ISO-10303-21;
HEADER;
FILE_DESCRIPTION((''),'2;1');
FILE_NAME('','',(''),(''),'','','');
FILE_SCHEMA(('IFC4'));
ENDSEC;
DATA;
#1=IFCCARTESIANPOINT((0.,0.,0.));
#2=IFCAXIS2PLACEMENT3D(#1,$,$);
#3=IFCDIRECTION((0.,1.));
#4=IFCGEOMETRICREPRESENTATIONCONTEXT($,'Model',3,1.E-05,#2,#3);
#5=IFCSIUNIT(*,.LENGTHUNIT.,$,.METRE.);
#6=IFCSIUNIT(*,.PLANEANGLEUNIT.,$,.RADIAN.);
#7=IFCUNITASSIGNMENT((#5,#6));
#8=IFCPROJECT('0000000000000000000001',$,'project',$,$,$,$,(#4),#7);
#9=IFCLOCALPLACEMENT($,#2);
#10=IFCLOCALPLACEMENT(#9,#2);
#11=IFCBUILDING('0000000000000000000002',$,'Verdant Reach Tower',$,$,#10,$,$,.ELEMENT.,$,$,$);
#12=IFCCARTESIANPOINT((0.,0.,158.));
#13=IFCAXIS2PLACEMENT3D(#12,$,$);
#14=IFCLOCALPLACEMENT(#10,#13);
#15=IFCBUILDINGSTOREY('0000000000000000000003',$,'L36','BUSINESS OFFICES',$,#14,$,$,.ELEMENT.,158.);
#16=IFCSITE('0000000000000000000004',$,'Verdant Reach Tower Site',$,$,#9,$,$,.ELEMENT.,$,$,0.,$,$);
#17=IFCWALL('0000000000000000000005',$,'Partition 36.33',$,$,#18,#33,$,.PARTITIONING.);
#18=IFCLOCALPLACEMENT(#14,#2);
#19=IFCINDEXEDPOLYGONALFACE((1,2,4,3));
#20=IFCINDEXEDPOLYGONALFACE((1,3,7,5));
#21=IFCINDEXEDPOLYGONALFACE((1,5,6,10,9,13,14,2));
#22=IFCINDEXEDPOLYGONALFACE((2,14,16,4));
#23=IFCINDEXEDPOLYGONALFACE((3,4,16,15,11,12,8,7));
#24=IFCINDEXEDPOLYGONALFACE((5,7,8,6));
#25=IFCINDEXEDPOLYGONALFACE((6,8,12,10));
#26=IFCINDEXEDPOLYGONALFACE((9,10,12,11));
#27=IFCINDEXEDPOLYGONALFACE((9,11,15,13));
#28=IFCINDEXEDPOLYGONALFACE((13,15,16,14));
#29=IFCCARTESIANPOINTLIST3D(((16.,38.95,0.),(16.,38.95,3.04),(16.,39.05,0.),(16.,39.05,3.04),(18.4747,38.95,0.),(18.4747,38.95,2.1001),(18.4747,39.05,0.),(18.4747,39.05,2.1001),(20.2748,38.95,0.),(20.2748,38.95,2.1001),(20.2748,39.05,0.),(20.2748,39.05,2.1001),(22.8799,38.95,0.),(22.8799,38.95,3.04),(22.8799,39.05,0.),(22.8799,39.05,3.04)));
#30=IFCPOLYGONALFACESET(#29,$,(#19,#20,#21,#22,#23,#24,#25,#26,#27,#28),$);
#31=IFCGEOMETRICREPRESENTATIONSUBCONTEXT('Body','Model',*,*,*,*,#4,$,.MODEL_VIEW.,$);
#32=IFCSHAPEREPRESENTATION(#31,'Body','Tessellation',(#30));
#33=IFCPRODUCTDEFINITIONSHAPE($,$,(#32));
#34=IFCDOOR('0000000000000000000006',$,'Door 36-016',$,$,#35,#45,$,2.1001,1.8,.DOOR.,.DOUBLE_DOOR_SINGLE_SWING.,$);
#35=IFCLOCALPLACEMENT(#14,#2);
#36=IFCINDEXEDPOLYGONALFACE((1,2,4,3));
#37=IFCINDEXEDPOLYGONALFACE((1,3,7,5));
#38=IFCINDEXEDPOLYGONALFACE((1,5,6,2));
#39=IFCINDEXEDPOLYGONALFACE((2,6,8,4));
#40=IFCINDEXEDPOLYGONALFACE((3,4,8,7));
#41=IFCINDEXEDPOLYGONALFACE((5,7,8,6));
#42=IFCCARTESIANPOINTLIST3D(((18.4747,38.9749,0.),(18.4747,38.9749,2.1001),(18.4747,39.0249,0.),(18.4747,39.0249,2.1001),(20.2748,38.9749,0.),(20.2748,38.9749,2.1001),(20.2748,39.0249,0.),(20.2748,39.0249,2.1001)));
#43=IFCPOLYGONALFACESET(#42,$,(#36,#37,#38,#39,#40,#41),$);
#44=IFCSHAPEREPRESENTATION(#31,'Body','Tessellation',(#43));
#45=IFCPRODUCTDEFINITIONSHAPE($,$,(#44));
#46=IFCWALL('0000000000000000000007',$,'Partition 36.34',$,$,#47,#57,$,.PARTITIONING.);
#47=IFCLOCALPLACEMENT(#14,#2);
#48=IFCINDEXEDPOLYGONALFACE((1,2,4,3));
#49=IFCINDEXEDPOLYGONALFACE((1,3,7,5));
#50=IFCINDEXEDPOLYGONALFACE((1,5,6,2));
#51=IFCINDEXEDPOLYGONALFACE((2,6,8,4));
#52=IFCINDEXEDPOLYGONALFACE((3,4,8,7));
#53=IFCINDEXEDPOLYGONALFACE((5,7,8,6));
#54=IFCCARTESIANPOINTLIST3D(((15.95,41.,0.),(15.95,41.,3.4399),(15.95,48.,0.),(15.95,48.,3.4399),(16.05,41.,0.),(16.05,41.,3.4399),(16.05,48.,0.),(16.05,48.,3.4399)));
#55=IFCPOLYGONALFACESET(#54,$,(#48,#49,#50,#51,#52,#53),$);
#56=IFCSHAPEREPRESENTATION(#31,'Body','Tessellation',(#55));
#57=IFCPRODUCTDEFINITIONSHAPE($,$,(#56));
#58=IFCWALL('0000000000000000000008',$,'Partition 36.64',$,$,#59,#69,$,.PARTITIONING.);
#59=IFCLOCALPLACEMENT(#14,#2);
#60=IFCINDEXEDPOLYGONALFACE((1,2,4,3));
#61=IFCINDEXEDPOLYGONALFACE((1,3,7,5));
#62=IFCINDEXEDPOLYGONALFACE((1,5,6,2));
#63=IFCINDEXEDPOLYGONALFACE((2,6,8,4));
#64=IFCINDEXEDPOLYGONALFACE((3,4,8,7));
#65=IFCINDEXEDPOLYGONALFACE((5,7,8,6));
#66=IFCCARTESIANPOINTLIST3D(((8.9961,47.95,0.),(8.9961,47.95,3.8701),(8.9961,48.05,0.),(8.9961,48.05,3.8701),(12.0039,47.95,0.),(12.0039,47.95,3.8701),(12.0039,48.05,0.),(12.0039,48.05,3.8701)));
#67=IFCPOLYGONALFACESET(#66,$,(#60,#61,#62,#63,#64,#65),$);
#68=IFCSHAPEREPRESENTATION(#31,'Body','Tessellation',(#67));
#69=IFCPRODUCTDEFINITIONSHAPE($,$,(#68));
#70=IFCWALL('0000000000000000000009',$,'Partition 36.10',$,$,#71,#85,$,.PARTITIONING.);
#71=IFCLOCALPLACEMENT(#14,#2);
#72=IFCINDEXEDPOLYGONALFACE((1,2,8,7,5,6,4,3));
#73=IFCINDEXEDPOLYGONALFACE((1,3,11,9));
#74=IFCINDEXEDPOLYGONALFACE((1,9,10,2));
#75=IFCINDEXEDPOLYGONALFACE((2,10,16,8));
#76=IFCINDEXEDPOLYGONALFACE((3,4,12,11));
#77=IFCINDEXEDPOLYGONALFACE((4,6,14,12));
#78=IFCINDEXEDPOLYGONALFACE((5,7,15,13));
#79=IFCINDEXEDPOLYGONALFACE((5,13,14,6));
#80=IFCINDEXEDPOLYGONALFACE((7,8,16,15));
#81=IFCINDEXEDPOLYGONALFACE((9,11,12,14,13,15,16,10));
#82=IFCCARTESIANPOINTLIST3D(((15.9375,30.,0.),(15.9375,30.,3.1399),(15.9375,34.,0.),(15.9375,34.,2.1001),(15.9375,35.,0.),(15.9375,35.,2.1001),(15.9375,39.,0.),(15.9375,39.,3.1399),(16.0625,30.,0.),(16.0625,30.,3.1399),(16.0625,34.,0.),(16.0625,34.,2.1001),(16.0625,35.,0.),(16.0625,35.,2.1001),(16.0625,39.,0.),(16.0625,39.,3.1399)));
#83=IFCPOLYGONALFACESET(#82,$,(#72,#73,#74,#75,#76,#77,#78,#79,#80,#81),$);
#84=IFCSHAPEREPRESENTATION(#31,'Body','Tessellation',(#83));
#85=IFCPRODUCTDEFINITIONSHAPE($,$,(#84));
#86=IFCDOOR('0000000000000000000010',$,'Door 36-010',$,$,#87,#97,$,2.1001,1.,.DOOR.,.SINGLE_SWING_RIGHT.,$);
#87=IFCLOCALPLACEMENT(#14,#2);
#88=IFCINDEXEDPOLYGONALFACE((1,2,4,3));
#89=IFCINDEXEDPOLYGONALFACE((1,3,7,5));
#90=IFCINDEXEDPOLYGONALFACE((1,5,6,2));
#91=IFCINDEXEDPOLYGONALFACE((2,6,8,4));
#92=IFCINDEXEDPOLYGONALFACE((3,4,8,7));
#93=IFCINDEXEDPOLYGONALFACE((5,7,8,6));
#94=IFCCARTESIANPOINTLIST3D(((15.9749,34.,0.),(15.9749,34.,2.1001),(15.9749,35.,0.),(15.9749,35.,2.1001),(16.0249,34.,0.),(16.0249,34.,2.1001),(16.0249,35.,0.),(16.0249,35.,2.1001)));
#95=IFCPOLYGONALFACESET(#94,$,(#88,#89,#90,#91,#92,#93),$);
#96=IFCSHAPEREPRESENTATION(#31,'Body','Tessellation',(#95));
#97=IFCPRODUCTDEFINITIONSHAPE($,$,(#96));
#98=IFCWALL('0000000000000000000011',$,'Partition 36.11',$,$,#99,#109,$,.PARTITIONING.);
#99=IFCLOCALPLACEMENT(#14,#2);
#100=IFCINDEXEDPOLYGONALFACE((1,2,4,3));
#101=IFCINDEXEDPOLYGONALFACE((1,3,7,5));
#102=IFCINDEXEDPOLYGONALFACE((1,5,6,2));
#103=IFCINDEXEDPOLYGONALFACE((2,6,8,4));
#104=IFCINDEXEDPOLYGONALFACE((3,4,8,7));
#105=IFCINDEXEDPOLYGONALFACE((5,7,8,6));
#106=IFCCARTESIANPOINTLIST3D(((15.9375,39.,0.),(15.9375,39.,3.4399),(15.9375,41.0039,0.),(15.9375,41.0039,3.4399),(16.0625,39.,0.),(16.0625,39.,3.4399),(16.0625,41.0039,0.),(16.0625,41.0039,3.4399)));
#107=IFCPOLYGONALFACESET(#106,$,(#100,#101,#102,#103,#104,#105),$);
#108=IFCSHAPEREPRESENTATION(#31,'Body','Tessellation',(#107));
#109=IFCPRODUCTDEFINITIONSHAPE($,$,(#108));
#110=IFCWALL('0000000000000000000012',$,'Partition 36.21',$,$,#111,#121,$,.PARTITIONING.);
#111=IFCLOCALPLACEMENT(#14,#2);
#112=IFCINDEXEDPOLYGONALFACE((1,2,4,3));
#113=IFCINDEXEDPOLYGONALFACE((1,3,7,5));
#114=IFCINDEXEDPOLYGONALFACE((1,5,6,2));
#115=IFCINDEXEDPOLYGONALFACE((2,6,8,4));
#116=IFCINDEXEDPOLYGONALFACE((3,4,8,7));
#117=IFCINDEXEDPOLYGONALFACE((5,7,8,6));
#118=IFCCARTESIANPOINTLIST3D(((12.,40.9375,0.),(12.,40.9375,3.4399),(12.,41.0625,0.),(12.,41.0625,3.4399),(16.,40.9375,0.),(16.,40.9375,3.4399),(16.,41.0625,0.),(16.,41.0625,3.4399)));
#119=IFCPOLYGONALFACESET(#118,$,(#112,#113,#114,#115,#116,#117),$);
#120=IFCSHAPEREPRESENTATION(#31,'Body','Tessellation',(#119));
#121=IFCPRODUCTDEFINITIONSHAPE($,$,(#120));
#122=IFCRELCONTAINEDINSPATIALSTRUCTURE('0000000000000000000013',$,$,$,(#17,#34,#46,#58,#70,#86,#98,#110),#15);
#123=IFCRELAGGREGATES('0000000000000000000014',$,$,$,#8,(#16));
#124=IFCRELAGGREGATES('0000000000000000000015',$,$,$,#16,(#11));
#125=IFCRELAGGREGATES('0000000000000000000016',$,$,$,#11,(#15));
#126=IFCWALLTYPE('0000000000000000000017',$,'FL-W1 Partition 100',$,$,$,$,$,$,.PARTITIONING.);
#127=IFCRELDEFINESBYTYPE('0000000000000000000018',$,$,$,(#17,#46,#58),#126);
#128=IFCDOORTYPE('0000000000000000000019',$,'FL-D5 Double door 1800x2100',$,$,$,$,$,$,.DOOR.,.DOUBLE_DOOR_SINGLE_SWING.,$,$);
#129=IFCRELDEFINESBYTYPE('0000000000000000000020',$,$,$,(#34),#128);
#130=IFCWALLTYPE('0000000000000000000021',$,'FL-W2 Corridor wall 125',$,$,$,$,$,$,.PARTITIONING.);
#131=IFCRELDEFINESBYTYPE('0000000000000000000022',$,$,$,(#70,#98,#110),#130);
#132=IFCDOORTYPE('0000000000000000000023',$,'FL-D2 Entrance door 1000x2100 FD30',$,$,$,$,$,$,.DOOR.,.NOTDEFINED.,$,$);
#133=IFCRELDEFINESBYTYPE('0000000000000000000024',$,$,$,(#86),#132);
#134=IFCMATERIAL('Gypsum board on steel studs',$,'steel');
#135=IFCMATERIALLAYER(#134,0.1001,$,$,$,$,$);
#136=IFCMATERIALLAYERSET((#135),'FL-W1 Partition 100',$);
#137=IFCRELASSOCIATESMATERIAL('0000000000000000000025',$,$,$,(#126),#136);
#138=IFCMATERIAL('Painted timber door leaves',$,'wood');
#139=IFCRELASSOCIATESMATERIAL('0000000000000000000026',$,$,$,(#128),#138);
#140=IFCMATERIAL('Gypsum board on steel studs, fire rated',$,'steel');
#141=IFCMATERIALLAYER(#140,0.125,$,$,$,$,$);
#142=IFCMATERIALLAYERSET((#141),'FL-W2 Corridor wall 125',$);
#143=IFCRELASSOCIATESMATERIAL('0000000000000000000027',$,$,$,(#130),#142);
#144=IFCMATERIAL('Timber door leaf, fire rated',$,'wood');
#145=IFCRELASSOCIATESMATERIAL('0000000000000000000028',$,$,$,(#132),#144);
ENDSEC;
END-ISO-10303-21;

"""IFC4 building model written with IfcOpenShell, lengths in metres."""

from ifc_helpers import new_model, si_unit, direction, frame, frame_2d, origin, place, context, subcontext, project, spatial, rectangle, extrude, material, layer, layer_set, type_object, element, fill, save


model = new_model("IFC4")

# Units and contexts
model_context = context("Model", 3, precision=1e-05, world=origin(), true_north=direction((0.0, 1.0)))
body_context = subcontext(model_context, "Body", "Model", "MODEL_VIEW")
ifc_project = project(units=[si_unit("LENGTHUNIT", "METRE"), si_unit("PLANEANGLEUNIT", "RADIAN")], contexts=[model_context])

# Site, building, storey
site_placement = place(None, origin())
site = spatial("IfcSite", under=ifc_project, at=site_placement, Name="Verdant Reach Tower Site", CompositionType="ELEMENT", RefElevation=0.0)
building_placement = place(site_placement, origin())
building = spatial("IfcBuilding", under=site, at=building_placement, Name="Verdant Reach Tower", CompositionType="ELEMENT")
storey_placement = place(building_placement, frame((0.0, 0.0, 158.0)))
storey = spatial("IfcBuildingStorey", under=building, at=storey_placement, Name="L36", Description="BUSINESS OFFICES", CompositionType="ELEMENT", Elevation=158.0)

# Wall, opening, door
ifc_material_1 = material(Name="Gypsum board on steel studs", Category="steel")
ifc_layer_1 = layer(ifc_material_1, 0.1001)
ifc_layer_set_1 = layer_set([ifc_layer_1], Name="FL-W1 Partition 100")
wall_type_1 = type_object("IfcWallType", Name="FL-W1 Partition 100", PredefinedType="PARTITIONING", material=ifc_layer_set_1)
wall_1_placement = place(storey_placement, frame((16.0, 39.0, 0.0), z_axis=(0.0, 0.0, 1.0), x_axis=(1.0, 0.0, 0.0)))
wall_1 = element("IfcWall", 1, at=wall_1_placement, inside=storey, type_object=wall_type_1, Name="Partition 36.33", PredefinedType="PARTITIONING", context=body_context, shape_type="SweptSolid", body=[
    extrude(rectangle(XDim=6.8799, YDim=0.1001, at=frame_2d((3.4399, 0.0))), origin(), (0.0, 0.0, 1.0), 3.04),
])
opening_1_placement = place(wall_1_placement, frame((2.4749, 0.0, 0.0)))
opening_1 = element("IfcOpeningElement", 2, at=opening_1_placement, cuts=wall_1, PredefinedType="OPENING", context=body_context, shape_type="SweptSolid", body=[
    extrude(rectangle(XDim=1.8, YDim=2.1001, at=frame_2d((0.8999, 1.05))), frame((0.0, 0.0601, 0.0), z_axis=(0.0, -1.0, 0.0), x_axis=(1.0, 0.0, 0.0)), (0.0, 0.0, 1.0), 0.1201),
])
ifc_material_2 = material(Name="Painted timber door leaves", Category="wood")
door_type_1 = type_object("IfcDoorType", Name="FL-D5 Double door 1800x2100", OperationType="DOUBLE_DOOR_SINGLE_SWING", PredefinedType="DOOR", material=ifc_material_2)
door_1_placement = place(opening_1_placement, origin())
door_1 = element("IfcDoor", 3, at=door_1_placement, inside=storey, type_object=door_type_1, Name="Door 36-016", OperationType="DOUBLE_DOOR_SINGLE_SWING", OverallHeight=2.1001, OverallWidth=1.8, PredefinedType="DOOR", context=body_context, shape_type="SweptSolid", body=[
    extrude(rectangle(XDim=1.8, YDim=2.1001, at=frame_2d((0.8999, 1.05))), frame((0.0, 0.0249, 0.0), z_axis=(0.0, -1.0, 0.0), x_axis=(1.0, 0.0, 0.0)), (0.0, 0.0, 1.0), 0.05),
])
fill(opening_1, door_1)

# Walls
wall_2_placement = place(storey_placement, frame((16.0, 48.0, 0.0), z_axis=(0.0, 0.0, 1.0), x_axis=(0.0, -1.0, 0.0)))
element("IfcWall", 4, at=wall_2_placement, inside=storey, type_object=wall_type_1, Name="Partition 36.34", PredefinedType="PARTITIONING", context=body_context, shape_type="SweptSolid", body=[
    extrude(rectangle(XDim=7.0, YDim=0.1001, at=frame_2d((3.5, 0.0))), origin(), (0.0, 0.0, 1.0), 3.4399),
])
wall_3_placement = place(storey_placement, frame((12.0039, 48.0, 0.0), z_axis=(0.0, 0.0, 1.0), x_axis=(-1.0, 0.0, 0.0)))
element("IfcWall", 5, at=wall_3_placement, inside=storey, type_object=wall_type_1, Name="Partition 36.64", PredefinedType="PARTITIONING", context=body_context, shape_type="SweptSolid", body=[
    extrude(rectangle(XDim=3.0078, YDim=0.1001, at=frame_2d((1.5039, 0.0))), origin(), (0.0, 0.0, 1.0), 3.8701),
])

# Wall, opening, door
ifc_material_3 = material(Name="Gypsum board on steel studs, fire rated", Category="steel")
ifc_layer_2 = layer(ifc_material_3, 0.125)
ifc_layer_set_2 = layer_set([ifc_layer_2], Name="FL-W2 Corridor wall 125")
wall_type_2 = type_object("IfcWallType", Name="FL-W2 Corridor wall 125", PredefinedType="PARTITIONING", material=ifc_layer_set_2)
wall_4_placement = place(storey_placement, frame((16.0, 39.0, 0.0), z_axis=(0.0, 0.0, 1.0), x_axis=(0.0, -1.0, 0.0)))
wall_4 = element("IfcWall", 6, at=wall_4_placement, inside=storey, type_object=wall_type_2, Name="Partition 36.10", PredefinedType="PARTITIONING", context=body_context, shape_type="SweptSolid", body=[
    extrude(rectangle(XDim=9.0, YDim=0.125, at=frame_2d((4.5, 0.0))), origin(), (0.0, 0.0, 1.0), 3.1399),
])
opening_2_placement = place(wall_4_placement, frame((4.0, 0.0, 0.0)))
opening_2 = element("IfcOpeningElement", 7, at=opening_2_placement, cuts=wall_4, PredefinedType="OPENING", context=body_context, shape_type="SweptSolid", body=[
    extrude(rectangle(XDim=1.0, YDim=2.1001, at=frame_2d((0.5, 1.05))), frame((0.0, 0.0725, 0.0), z_axis=(0.0, -1.0, 0.0), x_axis=(1.0, 0.0, 0.0)), (0.0, 0.0, 1.0), 0.145),
])
ifc_material_4 = material(Name="Timber door leaf, fire rated", Category="wood")
door_type_2 = type_object("IfcDoorType", Name="FL-D2 Entrance door 1000x2100 FD30", OperationType="NOTDEFINED", PredefinedType="DOOR", material=ifc_material_4)
door_2_placement = place(opening_2_placement, origin())
door_2 = element("IfcDoor", 8, at=door_2_placement, inside=storey, type_object=door_type_2, Name="Door 36-010", OperationType="SINGLE_SWING_RIGHT", OverallHeight=2.1001, OverallWidth=1.0, PredefinedType="DOOR", context=body_context, shape_type="SweptSolid", body=[
    extrude(rectangle(XDim=1.0, YDim=2.1001, at=frame_2d((0.5, 1.05))), frame((0.0, 0.0249, 0.0), z_axis=(0.0, -1.0, 0.0), x_axis=(1.0, 0.0, 0.0)), (0.0, 0.0, 1.0), 0.05),
])
fill(opening_2, door_2)

# Walls
wall_5_placement = place(storey_placement, frame((16.0, 39.0, 0.0), z_axis=(0.0, 0.0, 1.0), x_axis=(0.0, 1.0, 0.0)))
element("IfcWall", 9, at=wall_5_placement, inside=storey, type_object=wall_type_2, Name="Partition 36.11", PredefinedType="PARTITIONING", context=body_context, shape_type="SweptSolid", body=[
    extrude(rectangle(XDim=2.0039, YDim=0.125, at=frame_2d((1.002, 0.0))), origin(), (0.0, 0.0, 1.0), 3.4399),
])
wall_6_placement = place(storey_placement, frame((16.0, 41.0, 0.0), z_axis=(0.0, 0.0, 1.0), x_axis=(-1.0, 0.0, 0.0)))
element("IfcWall", 10, at=wall_6_placement, inside=storey, type_object=wall_type_2, Name="Partition 36.21", PredefinedType="PARTITIONING", context=body_context, shape_type="SweptSolid", body=[
    extrude(rectangle(XDim=4.0, YDim=0.125, at=frame_2d((2.0, 0.0))), origin(), (0.0, 0.0, 1.0), 3.4399),
])

save(model, "model.ifc")
